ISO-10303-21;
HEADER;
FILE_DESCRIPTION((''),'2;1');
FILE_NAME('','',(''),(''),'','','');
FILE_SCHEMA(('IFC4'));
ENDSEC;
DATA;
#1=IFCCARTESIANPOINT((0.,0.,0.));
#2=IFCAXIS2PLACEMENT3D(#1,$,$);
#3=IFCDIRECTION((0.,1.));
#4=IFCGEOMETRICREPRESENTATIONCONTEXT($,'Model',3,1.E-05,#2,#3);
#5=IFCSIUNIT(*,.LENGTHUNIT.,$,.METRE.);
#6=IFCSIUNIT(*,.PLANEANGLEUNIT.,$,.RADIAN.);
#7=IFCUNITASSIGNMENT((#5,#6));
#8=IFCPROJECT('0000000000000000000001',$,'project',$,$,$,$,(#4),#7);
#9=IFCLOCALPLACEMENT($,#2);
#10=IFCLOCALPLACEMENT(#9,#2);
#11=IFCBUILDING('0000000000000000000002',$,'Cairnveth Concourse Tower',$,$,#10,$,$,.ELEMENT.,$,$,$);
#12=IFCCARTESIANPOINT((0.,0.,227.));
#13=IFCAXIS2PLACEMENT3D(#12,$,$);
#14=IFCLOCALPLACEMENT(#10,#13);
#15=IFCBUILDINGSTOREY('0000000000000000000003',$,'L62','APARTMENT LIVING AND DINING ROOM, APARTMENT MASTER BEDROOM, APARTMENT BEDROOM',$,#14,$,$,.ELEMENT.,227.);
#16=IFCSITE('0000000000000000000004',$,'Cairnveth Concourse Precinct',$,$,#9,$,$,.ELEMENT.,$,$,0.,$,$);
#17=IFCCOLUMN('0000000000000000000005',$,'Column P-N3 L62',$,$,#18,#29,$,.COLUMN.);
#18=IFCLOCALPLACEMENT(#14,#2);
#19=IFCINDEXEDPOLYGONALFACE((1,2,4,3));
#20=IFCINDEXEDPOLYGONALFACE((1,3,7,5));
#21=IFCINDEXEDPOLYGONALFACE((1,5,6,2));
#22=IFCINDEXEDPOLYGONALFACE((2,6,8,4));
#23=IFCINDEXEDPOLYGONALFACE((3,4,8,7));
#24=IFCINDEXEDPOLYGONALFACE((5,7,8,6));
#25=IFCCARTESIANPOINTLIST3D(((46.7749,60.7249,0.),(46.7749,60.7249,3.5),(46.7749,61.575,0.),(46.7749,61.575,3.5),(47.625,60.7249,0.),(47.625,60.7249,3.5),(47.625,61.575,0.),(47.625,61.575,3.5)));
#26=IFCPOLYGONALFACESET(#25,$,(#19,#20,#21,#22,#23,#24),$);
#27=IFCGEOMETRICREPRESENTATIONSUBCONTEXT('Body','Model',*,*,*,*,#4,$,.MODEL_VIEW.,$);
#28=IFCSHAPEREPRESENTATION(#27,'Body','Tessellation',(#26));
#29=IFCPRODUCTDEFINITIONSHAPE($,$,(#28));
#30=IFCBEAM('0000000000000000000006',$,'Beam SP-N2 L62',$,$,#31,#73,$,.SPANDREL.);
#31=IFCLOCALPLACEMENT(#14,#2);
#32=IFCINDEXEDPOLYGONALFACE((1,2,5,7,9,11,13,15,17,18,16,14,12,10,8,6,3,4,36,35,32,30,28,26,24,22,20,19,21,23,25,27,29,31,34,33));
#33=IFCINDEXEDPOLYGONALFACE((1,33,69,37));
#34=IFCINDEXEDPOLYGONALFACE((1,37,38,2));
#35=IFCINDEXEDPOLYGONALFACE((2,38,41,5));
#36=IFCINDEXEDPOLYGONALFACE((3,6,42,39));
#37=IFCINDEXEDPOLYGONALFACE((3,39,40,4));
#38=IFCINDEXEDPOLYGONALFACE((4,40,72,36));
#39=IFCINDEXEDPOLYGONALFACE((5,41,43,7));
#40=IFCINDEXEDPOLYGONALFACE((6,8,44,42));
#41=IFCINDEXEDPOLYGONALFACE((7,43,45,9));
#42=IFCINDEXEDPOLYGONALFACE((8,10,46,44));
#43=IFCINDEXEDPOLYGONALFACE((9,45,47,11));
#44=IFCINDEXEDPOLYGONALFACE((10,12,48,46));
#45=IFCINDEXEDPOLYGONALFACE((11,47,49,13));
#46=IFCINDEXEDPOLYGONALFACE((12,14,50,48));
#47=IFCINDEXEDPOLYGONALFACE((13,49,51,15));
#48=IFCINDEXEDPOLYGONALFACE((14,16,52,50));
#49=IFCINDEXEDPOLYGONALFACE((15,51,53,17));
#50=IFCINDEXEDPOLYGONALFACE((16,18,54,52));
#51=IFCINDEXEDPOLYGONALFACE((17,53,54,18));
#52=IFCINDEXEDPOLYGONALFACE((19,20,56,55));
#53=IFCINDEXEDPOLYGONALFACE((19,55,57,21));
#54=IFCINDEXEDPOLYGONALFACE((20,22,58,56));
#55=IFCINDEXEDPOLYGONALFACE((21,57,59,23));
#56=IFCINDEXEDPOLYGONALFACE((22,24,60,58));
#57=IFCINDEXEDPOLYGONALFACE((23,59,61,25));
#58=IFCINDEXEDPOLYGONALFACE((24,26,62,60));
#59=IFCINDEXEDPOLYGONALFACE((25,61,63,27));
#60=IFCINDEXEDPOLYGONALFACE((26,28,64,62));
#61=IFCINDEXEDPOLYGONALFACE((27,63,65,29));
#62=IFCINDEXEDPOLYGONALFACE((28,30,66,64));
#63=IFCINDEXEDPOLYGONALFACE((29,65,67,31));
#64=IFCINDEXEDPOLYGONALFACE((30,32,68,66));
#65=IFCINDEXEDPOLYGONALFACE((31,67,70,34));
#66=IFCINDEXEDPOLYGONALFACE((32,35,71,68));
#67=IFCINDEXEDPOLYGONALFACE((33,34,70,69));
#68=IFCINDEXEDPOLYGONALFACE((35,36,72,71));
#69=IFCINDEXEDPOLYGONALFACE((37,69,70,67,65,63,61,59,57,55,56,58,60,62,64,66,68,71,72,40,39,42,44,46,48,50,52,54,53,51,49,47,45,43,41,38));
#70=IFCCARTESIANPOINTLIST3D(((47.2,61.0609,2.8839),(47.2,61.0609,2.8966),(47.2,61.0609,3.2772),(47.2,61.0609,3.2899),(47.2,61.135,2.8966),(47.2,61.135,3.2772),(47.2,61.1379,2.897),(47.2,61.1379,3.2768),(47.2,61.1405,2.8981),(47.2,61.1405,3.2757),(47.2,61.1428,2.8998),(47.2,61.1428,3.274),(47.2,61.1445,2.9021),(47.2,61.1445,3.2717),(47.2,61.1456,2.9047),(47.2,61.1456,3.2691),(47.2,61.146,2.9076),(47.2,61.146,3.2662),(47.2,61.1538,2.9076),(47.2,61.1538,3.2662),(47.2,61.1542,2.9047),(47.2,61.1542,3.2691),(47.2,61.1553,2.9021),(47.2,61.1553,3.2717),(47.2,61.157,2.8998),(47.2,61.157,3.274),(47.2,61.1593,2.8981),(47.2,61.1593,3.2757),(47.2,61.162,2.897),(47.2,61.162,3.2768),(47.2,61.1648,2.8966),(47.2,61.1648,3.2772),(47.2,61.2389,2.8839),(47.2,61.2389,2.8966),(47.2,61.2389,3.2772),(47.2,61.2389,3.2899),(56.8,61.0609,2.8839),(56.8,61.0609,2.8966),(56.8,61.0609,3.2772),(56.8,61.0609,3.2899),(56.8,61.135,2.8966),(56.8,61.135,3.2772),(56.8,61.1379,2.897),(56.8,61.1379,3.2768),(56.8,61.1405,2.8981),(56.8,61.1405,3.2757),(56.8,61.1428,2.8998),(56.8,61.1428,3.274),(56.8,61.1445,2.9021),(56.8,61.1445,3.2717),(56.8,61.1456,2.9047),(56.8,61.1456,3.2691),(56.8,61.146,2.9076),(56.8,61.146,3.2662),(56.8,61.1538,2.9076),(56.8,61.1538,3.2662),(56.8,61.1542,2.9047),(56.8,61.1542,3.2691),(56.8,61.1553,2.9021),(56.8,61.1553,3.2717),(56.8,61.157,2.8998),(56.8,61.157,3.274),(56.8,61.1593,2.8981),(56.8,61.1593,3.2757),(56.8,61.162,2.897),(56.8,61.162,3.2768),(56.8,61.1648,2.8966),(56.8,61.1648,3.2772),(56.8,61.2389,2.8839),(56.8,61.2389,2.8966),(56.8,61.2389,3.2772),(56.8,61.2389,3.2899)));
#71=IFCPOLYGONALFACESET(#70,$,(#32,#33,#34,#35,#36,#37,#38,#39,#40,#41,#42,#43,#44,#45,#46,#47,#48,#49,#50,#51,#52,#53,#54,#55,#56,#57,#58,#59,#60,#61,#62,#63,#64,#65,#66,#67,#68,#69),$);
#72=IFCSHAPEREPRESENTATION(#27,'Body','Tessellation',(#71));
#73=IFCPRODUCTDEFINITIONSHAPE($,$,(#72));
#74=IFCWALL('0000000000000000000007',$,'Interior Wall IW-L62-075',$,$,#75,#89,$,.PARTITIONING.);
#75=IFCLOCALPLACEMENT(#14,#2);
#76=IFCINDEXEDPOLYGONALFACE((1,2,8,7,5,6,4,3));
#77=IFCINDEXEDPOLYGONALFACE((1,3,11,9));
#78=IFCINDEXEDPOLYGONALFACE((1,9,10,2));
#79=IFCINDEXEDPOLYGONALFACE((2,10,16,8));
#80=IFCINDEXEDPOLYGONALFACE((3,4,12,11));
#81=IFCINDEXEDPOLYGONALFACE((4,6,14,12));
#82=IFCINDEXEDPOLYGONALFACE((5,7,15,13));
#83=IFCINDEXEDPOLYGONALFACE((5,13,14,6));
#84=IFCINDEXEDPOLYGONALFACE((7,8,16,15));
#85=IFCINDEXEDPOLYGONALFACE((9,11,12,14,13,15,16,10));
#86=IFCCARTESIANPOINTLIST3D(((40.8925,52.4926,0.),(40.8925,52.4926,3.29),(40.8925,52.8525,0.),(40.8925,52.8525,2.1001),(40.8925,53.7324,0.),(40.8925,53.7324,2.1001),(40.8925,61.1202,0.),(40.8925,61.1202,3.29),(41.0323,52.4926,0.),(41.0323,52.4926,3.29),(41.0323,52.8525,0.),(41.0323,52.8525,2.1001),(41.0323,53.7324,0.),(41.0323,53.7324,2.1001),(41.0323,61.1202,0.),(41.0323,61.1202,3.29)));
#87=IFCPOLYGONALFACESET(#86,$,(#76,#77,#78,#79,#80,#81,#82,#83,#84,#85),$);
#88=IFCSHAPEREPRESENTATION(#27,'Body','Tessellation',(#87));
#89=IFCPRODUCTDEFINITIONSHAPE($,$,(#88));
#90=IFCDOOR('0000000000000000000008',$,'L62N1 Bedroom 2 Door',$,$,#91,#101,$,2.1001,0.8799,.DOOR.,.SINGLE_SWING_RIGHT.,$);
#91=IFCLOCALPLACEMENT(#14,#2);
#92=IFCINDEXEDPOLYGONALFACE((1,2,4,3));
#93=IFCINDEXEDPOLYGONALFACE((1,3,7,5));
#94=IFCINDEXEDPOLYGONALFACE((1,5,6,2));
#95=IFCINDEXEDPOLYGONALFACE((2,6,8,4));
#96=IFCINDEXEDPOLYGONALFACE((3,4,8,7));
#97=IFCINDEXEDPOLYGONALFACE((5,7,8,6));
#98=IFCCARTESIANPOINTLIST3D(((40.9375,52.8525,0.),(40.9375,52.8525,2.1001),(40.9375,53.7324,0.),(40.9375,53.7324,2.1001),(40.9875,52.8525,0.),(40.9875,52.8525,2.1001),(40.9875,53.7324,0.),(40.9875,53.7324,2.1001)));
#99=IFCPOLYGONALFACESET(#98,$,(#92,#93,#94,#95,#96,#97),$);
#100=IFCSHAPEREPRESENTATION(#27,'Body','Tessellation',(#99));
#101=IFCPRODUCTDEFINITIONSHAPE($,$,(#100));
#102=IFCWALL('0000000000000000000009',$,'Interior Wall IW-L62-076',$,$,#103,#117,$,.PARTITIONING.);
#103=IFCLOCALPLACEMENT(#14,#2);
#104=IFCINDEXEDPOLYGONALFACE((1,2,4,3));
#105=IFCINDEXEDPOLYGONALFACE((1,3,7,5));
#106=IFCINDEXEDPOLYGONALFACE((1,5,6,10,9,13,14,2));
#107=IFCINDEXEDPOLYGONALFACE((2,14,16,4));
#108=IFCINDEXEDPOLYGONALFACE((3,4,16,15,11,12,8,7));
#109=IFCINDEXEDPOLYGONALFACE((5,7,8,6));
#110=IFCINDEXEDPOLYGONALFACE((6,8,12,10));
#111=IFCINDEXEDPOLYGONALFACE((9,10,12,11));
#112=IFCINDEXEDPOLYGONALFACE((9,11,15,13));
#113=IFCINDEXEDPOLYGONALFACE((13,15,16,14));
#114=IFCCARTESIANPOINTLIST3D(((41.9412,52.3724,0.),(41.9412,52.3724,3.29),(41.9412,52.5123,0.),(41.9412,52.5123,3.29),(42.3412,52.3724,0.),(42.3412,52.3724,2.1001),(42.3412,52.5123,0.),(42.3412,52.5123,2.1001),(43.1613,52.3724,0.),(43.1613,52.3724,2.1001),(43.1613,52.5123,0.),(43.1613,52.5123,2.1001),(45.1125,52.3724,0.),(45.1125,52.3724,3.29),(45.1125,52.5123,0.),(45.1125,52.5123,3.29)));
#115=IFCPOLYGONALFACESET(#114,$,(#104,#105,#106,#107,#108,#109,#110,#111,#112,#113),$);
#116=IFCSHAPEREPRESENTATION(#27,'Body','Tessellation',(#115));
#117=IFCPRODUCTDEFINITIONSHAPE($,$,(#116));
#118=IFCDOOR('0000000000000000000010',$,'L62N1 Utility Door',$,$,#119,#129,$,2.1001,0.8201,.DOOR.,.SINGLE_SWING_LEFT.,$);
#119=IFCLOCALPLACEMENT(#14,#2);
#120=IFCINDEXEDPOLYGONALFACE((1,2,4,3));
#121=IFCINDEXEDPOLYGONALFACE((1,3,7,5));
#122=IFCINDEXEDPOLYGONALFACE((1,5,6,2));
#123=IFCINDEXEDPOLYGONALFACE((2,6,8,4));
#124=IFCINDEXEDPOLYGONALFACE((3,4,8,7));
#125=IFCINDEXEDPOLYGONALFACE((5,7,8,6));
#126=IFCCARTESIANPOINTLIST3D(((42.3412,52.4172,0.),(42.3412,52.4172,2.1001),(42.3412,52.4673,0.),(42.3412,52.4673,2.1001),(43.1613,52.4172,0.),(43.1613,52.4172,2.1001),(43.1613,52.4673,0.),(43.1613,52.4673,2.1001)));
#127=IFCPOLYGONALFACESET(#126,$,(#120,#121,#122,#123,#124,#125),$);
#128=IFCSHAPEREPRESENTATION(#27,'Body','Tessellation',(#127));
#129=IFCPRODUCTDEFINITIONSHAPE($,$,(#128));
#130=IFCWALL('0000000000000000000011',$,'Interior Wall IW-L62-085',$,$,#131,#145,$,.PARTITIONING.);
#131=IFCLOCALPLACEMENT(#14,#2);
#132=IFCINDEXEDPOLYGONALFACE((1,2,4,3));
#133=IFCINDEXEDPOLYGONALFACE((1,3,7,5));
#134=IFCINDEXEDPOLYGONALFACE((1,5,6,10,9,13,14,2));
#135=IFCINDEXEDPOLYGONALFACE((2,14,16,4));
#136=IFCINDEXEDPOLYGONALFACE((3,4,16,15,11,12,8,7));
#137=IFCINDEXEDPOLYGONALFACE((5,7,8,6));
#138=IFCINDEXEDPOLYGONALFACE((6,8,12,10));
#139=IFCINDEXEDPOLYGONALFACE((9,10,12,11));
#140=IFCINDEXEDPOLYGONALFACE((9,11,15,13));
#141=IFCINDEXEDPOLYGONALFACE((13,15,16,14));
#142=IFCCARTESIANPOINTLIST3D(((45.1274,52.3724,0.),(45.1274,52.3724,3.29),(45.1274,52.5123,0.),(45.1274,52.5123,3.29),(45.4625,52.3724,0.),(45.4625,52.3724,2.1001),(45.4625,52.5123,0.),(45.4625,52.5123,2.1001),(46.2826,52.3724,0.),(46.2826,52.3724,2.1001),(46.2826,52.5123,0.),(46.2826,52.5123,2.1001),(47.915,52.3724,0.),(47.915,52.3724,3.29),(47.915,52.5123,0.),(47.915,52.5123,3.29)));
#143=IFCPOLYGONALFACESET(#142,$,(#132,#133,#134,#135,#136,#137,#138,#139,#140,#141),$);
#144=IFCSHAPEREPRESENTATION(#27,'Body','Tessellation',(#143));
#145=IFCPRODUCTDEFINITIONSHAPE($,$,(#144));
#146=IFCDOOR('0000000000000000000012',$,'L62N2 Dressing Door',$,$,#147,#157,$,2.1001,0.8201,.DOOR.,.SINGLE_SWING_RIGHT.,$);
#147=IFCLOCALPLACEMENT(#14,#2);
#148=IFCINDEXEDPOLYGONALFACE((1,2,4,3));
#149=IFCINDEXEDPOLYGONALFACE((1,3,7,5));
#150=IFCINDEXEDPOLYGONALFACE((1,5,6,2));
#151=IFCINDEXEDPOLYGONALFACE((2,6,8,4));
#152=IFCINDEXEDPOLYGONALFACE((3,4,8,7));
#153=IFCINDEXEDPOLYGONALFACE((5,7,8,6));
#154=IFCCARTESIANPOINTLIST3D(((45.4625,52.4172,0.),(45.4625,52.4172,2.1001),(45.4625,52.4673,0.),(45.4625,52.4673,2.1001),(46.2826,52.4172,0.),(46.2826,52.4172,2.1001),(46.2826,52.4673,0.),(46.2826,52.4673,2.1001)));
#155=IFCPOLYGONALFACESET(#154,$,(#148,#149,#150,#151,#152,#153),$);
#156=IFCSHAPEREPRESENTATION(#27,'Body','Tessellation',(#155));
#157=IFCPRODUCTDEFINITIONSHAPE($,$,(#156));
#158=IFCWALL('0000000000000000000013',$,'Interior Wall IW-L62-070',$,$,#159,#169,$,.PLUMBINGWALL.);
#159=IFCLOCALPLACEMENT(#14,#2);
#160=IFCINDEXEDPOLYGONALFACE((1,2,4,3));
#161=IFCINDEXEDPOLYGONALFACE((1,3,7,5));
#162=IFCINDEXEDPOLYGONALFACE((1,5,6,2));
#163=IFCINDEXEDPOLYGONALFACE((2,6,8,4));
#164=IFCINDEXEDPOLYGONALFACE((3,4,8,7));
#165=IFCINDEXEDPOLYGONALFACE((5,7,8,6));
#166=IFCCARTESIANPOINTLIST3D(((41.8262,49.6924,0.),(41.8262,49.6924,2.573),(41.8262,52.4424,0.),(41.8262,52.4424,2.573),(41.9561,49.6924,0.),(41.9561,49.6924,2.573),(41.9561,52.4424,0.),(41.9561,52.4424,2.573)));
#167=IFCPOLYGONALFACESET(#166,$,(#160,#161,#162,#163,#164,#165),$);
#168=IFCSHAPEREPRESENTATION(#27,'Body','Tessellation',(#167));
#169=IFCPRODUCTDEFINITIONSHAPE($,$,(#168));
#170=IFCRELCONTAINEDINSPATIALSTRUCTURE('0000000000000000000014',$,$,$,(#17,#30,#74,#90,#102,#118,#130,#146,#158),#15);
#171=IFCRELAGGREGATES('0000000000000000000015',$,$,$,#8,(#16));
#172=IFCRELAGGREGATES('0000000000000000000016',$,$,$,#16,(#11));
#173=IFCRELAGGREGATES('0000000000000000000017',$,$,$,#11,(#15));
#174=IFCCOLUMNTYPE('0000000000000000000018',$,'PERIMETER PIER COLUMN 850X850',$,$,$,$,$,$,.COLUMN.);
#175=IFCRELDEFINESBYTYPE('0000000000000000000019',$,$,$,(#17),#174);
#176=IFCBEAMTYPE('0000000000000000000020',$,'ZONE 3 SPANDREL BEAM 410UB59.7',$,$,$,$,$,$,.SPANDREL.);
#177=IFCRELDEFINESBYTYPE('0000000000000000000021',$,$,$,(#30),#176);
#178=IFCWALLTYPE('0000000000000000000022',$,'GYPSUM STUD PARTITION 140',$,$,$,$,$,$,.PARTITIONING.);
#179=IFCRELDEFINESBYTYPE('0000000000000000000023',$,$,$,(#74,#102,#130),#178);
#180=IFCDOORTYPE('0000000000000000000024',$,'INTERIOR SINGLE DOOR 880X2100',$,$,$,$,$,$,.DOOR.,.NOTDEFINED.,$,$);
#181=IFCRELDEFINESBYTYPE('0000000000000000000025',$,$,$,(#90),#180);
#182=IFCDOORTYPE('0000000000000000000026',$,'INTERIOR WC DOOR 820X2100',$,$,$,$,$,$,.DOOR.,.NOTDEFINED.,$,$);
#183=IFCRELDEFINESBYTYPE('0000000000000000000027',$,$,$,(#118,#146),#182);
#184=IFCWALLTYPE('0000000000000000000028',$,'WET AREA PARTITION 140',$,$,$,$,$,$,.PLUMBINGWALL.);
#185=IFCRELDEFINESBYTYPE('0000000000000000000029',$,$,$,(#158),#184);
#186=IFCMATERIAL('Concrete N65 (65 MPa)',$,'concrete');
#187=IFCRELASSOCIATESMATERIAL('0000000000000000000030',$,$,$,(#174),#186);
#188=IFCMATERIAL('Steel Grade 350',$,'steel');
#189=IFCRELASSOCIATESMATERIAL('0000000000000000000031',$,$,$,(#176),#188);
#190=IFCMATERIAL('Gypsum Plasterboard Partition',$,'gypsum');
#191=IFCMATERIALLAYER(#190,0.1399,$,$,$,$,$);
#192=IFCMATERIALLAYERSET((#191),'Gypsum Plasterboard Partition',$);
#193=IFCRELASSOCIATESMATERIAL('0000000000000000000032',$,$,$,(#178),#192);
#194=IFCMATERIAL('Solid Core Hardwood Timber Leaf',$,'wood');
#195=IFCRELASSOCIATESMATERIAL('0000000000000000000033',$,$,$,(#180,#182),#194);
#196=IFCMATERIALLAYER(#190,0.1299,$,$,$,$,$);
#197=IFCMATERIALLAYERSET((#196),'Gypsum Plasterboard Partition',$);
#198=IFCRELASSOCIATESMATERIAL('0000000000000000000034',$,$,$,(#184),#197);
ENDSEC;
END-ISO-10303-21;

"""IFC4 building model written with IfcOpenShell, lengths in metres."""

from ifc_helpers import new_model, si_unit, direction, frame, frame_2d, origin, origin_2d, place, context, subcontext, project, spatial, rectangle, i_section, extrude, material, layer, layer_set, material_profile, profile_set, type_object, element, fill, save


model = new_model("IFC4")

# Units and contexts
model_context = context("Model", 3, precision=1e-05, world=origin(), true_north=direction((0.0, 1.0)))
body_context = subcontext(model_context, "Body", "Model", "MODEL_VIEW")
ifc_project = project(units=[si_unit("LENGTHUNIT", "METRE"), si_unit("PLANEANGLEUNIT", "RADIAN")], contexts=[model_context])

# Site, building, storey
site_placement = place(None, origin())
site = spatial("IfcSite", under=ifc_project, at=site_placement, Name="Cairnveth Concourse Precinct", CompositionType="ELEMENT", RefElevation=0.0)
building_placement = place(site_placement, origin())
building = spatial("IfcBuilding", under=site, at=building_placement, Name="Cairnveth Concourse Tower", CompositionType="ELEMENT")
storey_placement = place(building_placement, frame((0.0, 0.0, 227.0)))
storey = spatial("IfcBuildingStorey", under=building, at=storey_placement, Name="L62", Description="APARTMENT LIVING AND DINING ROOM, APARTMENT MASTER BEDROOM, APARTMENT BEDROOM", CompositionType="ELEMENT", Elevation=227.0)

# Column
ifc_material_1 = material(Name="Concrete N65 (65 MPa)", Category="concrete")
ifc_material_profile_1 = material_profile(ifc_material_1, rectangle(XDim=0.8501, YDim=0.8501, at=origin_2d()), Name="RC-COL-850x850")
ifc_profile_set_1 = profile_set([ifc_material_profile_1], Name="Concrete N65 (65 MPa)")
column_type = type_object("IfcColumnType", Name="PERIMETER PIER COLUMN 850X850", PredefinedType="COLUMN", material=ifc_profile_set_1)
column_placement = place(storey_placement, frame((47.2, 61.1499, 0.0), z_axis=(0.0, 0.0, 1.0), x_axis=(1.0, 0.0, 0.0)))
element("IfcColumn", 1, at=column_placement, inside=storey, type_object=column_type, Name="Column P-N3 L62", PredefinedType="COLUMN", context=body_context, shape_type="SweptSolid", body=[
    extrude(rectangle(XDim=0.8501, YDim=0.8501, at=origin_2d()), origin(), (0.0, 0.0, 1.0), 3.5),
])

# Beam
ifc_material_2 = material(Name="Steel Grade 350", Category="steel")
ifc_material_profile_2 = material_profile(ifc_material_2, i_section(OverallWidth=0.178, OverallDepth=0.406, WebThickness=0.0078, FlangeThickness=0.0127, FilletRadius=0.011, at=origin_2d()), Name="410UB59.7")
ifc_profile_set_2 = profile_set([ifc_material_profile_2], Name="Steel Grade 350")
beam_type = type_object("IfcBeamType", Name="ZONE 3 SPANDREL BEAM 410UB59.7", PredefinedType="SPANDREL", material=ifc_profile_set_2)
beam_placement = place(storey_placement, frame((47.2, 61.1499, 3.0869), z_axis=(1.0, 0.0, 0.0), x_axis=(0.0, 1.0, 0.0)))
element("IfcBeam", 2, at=beam_placement, inside=storey, type_object=beam_type, Name="Beam SP-N2 L62", PredefinedType="SPANDREL", context=body_context, shape_type="SweptSolid", body=[
    extrude(i_section(OverallWidth=0.178, OverallDepth=0.406, WebThickness=0.0078, FlangeThickness=0.0127, FilletRadius=0.011, at=origin_2d()), origin(), (0.0, 0.0, 1.0), 9.6001),
])

# Walls, openings, doors
ifc_material_3 = material(Name="Gypsum Plasterboard Partition", Category="gypsum")
ifc_layer_1 = layer(ifc_material_3, 0.1399)
ifc_layer_set_1 = layer_set([ifc_layer_1], Name="Gypsum Plasterboard Partition")
wall_type_1 = type_object("IfcWallType", Name="GYPSUM STUD PARTITION 140", PredefinedType="PARTITIONING", material=ifc_layer_set_1)
wall_1_placement = place(storey_placement, frame((40.9624, 52.4924, 0.0), z_axis=(0.0, 0.0, 1.0), x_axis=(0.0, 1.0, 0.0)))
wall_1 = element("IfcWall", 3, at=wall_1_placement, inside=storey, type_object=wall_type_1, Name="Interior Wall IW-L62-075", PredefinedType="PARTITIONING", context=body_context, shape_type="SweptSolid", body=[
    extrude(rectangle(XDim=8.6277, YDim=0.1399, at=frame_2d((4.314, 0.0))), origin(), (0.0, 0.0, 1.0), 3.29),
])
opening_1_placement = place(wall_1_placement, frame((0.3601, 0.0, 0.0)))
opening_1 = element("IfcOpeningElement", 4, at=opening_1_placement, cuts=wall_1, PredefinedType="OPENING", context=body_context, shape_type="SweptSolid", body=[
    extrude(rectangle(XDim=0.8799, YDim=2.1001, at=frame_2d((0.4399, 1.05))), frame((0.0, 0.0798, 0.0), z_axis=(0.0, -1.0, 0.0), x_axis=(1.0, 0.0, 0.0)), (0.0, 0.0, 1.0), 0.1599),
])
ifc_material_4 = material(Name="Solid Core Hardwood Timber Leaf", Category="wood")
door_type_1 = type_object("IfcDoorType", Name="INTERIOR SINGLE DOOR 880X2100", OperationType="NOTDEFINED", PredefinedType="DOOR", material=ifc_material_4)
door_1_placement = place(opening_1_placement, origin())
door_1 = element("IfcDoor", 5, at=door_1_placement, inside=storey, type_object=door_type_1, Name="L62N1 Bedroom 2 Door", OperationType="SINGLE_SWING_RIGHT", OverallHeight=2.1001, OverallWidth=0.8799, PredefinedType="DOOR", context=body_context, shape_type="SweptSolid", body=[
    extrude(rectangle(XDim=0.8799, YDim=2.1001, at=frame_2d((0.4399, 1.05))), frame((0.0, 0.0249, 0.0), z_axis=(0.0, -1.0, 0.0), x_axis=(1.0, 0.0, 0.0)), (0.0, 0.0, 1.0), 0.05),
])
fill(opening_1, door_1)
wall_2_placement = place(storey_placement, frame((41.9412, 52.4424, 0.0), z_axis=(0.0, 0.0, 1.0), x_axis=(1.0, 0.0, 0.0)))
wall_2 = element("IfcWall", 6, at=wall_2_placement, inside=storey, type_object=wall_type_1, Name="Interior Wall IW-L62-076", PredefinedType="PARTITIONING", context=body_context, shape_type="SweptSolid", body=[
    extrude(rectangle(XDim=3.1714, YDim=0.1399, at=frame_2d((1.5857, 0.0))), origin(), (0.0, 0.0, 1.0), 3.29),
])
opening_2_placement = place(wall_2_placement, frame((0.3999, 0.0, 0.0)))
opening_2 = element("IfcOpeningElement", 7, at=opening_2_placement, cuts=wall_2, PredefinedType="OPENING", context=body_context, shape_type="SweptSolid", body=[
    extrude(rectangle(XDim=0.8201, YDim=2.1001, at=frame_2d((0.4102, 1.05))), frame((0.0, 0.0798, 0.0), z_axis=(0.0, -1.0, 0.0), x_axis=(1.0, 0.0, 0.0)), (0.0, 0.0, 1.0), 0.1599),
])
door_type_2 = type_object("IfcDoorType", Name="INTERIOR WC DOOR 820X2100", OperationType="NOTDEFINED", PredefinedType="DOOR", material=ifc_material_4)
door_2_placement = place(opening_2_placement, origin())
door_2 = element("IfcDoor", 8, at=door_2_placement, inside=storey, type_object=door_type_2, Name="L62N1 Utility Door", OperationType="SINGLE_SWING_LEFT", OverallHeight=2.1001, OverallWidth=0.8201, PredefinedType="DOOR", context=body_context, shape_type="SweptSolid", body=[
    extrude(rectangle(XDim=0.8201, YDim=2.1001, at=frame_2d((0.4102, 1.05))), frame((0.0, 0.0249, 0.0), z_axis=(0.0, -1.0, 0.0), x_axis=(1.0, 0.0, 0.0)), (0.0, 0.0, 1.0), 0.05),
])
fill(opening_2, door_2)
wall_3_placement = place(storey_placement, frame((45.1274, 52.4424, 0.0), z_axis=(0.0, 0.0, 1.0), x_axis=(1.0, 0.0, 0.0)))
wall_3 = element("IfcWall", 9, at=wall_3_placement, inside=storey, type_object=wall_type_1, Name="Interior Wall IW-L62-085", PredefinedType="PARTITIONING", context=body_context, shape_type="SweptSolid", body=[
    extrude(rectangle(XDim=2.7876, YDim=0.1399, at=frame_2d((1.3938, 0.0))), origin(), (0.0, 0.0, 1.0), 3.29),
])
opening_3_placement = place(wall_3_placement, frame((0.335, 0.0, 0.0)))
opening_3 = element("IfcOpeningElement", 10, at=opening_3_placement, cuts=wall_3, PredefinedType="OPENING", context=body_context, shape_type="SweptSolid", body=[
    extrude(rectangle(XDim=0.8201, YDim=2.1001, at=frame_2d((0.4102, 1.05))), frame((0.0, 0.0798, 0.0), z_axis=(0.0, -1.0, 0.0), x_axis=(1.0, 0.0, 0.0)), (0.0, 0.0, 1.0), 0.1599),
])
door_3_placement = place(opening_3_placement, origin())
door_3 = element("IfcDoor", 11, at=door_3_placement, inside=storey, type_object=door_type_2, Name="L62N2 Dressing Door", OperationType="SINGLE_SWING_RIGHT", OverallHeight=2.1001, OverallWidth=0.8201, PredefinedType="DOOR", context=body_context, shape_type="SweptSolid", body=[
    extrude(rectangle(XDim=0.8201, YDim=2.1001, at=frame_2d((0.4102, 1.05))), frame((0.0, 0.0249, 0.0), z_axis=(0.0, -1.0, 0.0), x_axis=(1.0, 0.0, 0.0)), (0.0, 0.0, 1.0), 0.05),
])
fill(opening_3, door_3)

# Wall
ifc_layer_2 = layer(ifc_material_3, 0.1299)
ifc_layer_set_2 = layer_set([ifc_layer_2], Name="Gypsum Plasterboard Partition")
wall_type_2 = type_object("IfcWallType", Name="WET AREA PARTITION 140", PredefinedType="PLUMBINGWALL", material=ifc_layer_set_2)
wall_4_placement = place(storey_placement, frame((41.8911, 49.6924, 0.0), z_axis=(0.0, 0.0, 1.0), x_axis=(0.0, 1.0, 0.0)))
element("IfcWall", 12, at=wall_4_placement, inside=storey, type_object=wall_type_2, Name="Interior Wall IW-L62-070", PredefinedType="PLUMBINGWALL", context=body_context, shape_type="SweptSolid", body=[
    extrude(rectangle(XDim=2.75, YDim=0.1299, at=frame_2d((1.375, 0.0))), origin(), (0.0, 0.0, 1.0), 2.573),
])

save(model, "model.ifc")
